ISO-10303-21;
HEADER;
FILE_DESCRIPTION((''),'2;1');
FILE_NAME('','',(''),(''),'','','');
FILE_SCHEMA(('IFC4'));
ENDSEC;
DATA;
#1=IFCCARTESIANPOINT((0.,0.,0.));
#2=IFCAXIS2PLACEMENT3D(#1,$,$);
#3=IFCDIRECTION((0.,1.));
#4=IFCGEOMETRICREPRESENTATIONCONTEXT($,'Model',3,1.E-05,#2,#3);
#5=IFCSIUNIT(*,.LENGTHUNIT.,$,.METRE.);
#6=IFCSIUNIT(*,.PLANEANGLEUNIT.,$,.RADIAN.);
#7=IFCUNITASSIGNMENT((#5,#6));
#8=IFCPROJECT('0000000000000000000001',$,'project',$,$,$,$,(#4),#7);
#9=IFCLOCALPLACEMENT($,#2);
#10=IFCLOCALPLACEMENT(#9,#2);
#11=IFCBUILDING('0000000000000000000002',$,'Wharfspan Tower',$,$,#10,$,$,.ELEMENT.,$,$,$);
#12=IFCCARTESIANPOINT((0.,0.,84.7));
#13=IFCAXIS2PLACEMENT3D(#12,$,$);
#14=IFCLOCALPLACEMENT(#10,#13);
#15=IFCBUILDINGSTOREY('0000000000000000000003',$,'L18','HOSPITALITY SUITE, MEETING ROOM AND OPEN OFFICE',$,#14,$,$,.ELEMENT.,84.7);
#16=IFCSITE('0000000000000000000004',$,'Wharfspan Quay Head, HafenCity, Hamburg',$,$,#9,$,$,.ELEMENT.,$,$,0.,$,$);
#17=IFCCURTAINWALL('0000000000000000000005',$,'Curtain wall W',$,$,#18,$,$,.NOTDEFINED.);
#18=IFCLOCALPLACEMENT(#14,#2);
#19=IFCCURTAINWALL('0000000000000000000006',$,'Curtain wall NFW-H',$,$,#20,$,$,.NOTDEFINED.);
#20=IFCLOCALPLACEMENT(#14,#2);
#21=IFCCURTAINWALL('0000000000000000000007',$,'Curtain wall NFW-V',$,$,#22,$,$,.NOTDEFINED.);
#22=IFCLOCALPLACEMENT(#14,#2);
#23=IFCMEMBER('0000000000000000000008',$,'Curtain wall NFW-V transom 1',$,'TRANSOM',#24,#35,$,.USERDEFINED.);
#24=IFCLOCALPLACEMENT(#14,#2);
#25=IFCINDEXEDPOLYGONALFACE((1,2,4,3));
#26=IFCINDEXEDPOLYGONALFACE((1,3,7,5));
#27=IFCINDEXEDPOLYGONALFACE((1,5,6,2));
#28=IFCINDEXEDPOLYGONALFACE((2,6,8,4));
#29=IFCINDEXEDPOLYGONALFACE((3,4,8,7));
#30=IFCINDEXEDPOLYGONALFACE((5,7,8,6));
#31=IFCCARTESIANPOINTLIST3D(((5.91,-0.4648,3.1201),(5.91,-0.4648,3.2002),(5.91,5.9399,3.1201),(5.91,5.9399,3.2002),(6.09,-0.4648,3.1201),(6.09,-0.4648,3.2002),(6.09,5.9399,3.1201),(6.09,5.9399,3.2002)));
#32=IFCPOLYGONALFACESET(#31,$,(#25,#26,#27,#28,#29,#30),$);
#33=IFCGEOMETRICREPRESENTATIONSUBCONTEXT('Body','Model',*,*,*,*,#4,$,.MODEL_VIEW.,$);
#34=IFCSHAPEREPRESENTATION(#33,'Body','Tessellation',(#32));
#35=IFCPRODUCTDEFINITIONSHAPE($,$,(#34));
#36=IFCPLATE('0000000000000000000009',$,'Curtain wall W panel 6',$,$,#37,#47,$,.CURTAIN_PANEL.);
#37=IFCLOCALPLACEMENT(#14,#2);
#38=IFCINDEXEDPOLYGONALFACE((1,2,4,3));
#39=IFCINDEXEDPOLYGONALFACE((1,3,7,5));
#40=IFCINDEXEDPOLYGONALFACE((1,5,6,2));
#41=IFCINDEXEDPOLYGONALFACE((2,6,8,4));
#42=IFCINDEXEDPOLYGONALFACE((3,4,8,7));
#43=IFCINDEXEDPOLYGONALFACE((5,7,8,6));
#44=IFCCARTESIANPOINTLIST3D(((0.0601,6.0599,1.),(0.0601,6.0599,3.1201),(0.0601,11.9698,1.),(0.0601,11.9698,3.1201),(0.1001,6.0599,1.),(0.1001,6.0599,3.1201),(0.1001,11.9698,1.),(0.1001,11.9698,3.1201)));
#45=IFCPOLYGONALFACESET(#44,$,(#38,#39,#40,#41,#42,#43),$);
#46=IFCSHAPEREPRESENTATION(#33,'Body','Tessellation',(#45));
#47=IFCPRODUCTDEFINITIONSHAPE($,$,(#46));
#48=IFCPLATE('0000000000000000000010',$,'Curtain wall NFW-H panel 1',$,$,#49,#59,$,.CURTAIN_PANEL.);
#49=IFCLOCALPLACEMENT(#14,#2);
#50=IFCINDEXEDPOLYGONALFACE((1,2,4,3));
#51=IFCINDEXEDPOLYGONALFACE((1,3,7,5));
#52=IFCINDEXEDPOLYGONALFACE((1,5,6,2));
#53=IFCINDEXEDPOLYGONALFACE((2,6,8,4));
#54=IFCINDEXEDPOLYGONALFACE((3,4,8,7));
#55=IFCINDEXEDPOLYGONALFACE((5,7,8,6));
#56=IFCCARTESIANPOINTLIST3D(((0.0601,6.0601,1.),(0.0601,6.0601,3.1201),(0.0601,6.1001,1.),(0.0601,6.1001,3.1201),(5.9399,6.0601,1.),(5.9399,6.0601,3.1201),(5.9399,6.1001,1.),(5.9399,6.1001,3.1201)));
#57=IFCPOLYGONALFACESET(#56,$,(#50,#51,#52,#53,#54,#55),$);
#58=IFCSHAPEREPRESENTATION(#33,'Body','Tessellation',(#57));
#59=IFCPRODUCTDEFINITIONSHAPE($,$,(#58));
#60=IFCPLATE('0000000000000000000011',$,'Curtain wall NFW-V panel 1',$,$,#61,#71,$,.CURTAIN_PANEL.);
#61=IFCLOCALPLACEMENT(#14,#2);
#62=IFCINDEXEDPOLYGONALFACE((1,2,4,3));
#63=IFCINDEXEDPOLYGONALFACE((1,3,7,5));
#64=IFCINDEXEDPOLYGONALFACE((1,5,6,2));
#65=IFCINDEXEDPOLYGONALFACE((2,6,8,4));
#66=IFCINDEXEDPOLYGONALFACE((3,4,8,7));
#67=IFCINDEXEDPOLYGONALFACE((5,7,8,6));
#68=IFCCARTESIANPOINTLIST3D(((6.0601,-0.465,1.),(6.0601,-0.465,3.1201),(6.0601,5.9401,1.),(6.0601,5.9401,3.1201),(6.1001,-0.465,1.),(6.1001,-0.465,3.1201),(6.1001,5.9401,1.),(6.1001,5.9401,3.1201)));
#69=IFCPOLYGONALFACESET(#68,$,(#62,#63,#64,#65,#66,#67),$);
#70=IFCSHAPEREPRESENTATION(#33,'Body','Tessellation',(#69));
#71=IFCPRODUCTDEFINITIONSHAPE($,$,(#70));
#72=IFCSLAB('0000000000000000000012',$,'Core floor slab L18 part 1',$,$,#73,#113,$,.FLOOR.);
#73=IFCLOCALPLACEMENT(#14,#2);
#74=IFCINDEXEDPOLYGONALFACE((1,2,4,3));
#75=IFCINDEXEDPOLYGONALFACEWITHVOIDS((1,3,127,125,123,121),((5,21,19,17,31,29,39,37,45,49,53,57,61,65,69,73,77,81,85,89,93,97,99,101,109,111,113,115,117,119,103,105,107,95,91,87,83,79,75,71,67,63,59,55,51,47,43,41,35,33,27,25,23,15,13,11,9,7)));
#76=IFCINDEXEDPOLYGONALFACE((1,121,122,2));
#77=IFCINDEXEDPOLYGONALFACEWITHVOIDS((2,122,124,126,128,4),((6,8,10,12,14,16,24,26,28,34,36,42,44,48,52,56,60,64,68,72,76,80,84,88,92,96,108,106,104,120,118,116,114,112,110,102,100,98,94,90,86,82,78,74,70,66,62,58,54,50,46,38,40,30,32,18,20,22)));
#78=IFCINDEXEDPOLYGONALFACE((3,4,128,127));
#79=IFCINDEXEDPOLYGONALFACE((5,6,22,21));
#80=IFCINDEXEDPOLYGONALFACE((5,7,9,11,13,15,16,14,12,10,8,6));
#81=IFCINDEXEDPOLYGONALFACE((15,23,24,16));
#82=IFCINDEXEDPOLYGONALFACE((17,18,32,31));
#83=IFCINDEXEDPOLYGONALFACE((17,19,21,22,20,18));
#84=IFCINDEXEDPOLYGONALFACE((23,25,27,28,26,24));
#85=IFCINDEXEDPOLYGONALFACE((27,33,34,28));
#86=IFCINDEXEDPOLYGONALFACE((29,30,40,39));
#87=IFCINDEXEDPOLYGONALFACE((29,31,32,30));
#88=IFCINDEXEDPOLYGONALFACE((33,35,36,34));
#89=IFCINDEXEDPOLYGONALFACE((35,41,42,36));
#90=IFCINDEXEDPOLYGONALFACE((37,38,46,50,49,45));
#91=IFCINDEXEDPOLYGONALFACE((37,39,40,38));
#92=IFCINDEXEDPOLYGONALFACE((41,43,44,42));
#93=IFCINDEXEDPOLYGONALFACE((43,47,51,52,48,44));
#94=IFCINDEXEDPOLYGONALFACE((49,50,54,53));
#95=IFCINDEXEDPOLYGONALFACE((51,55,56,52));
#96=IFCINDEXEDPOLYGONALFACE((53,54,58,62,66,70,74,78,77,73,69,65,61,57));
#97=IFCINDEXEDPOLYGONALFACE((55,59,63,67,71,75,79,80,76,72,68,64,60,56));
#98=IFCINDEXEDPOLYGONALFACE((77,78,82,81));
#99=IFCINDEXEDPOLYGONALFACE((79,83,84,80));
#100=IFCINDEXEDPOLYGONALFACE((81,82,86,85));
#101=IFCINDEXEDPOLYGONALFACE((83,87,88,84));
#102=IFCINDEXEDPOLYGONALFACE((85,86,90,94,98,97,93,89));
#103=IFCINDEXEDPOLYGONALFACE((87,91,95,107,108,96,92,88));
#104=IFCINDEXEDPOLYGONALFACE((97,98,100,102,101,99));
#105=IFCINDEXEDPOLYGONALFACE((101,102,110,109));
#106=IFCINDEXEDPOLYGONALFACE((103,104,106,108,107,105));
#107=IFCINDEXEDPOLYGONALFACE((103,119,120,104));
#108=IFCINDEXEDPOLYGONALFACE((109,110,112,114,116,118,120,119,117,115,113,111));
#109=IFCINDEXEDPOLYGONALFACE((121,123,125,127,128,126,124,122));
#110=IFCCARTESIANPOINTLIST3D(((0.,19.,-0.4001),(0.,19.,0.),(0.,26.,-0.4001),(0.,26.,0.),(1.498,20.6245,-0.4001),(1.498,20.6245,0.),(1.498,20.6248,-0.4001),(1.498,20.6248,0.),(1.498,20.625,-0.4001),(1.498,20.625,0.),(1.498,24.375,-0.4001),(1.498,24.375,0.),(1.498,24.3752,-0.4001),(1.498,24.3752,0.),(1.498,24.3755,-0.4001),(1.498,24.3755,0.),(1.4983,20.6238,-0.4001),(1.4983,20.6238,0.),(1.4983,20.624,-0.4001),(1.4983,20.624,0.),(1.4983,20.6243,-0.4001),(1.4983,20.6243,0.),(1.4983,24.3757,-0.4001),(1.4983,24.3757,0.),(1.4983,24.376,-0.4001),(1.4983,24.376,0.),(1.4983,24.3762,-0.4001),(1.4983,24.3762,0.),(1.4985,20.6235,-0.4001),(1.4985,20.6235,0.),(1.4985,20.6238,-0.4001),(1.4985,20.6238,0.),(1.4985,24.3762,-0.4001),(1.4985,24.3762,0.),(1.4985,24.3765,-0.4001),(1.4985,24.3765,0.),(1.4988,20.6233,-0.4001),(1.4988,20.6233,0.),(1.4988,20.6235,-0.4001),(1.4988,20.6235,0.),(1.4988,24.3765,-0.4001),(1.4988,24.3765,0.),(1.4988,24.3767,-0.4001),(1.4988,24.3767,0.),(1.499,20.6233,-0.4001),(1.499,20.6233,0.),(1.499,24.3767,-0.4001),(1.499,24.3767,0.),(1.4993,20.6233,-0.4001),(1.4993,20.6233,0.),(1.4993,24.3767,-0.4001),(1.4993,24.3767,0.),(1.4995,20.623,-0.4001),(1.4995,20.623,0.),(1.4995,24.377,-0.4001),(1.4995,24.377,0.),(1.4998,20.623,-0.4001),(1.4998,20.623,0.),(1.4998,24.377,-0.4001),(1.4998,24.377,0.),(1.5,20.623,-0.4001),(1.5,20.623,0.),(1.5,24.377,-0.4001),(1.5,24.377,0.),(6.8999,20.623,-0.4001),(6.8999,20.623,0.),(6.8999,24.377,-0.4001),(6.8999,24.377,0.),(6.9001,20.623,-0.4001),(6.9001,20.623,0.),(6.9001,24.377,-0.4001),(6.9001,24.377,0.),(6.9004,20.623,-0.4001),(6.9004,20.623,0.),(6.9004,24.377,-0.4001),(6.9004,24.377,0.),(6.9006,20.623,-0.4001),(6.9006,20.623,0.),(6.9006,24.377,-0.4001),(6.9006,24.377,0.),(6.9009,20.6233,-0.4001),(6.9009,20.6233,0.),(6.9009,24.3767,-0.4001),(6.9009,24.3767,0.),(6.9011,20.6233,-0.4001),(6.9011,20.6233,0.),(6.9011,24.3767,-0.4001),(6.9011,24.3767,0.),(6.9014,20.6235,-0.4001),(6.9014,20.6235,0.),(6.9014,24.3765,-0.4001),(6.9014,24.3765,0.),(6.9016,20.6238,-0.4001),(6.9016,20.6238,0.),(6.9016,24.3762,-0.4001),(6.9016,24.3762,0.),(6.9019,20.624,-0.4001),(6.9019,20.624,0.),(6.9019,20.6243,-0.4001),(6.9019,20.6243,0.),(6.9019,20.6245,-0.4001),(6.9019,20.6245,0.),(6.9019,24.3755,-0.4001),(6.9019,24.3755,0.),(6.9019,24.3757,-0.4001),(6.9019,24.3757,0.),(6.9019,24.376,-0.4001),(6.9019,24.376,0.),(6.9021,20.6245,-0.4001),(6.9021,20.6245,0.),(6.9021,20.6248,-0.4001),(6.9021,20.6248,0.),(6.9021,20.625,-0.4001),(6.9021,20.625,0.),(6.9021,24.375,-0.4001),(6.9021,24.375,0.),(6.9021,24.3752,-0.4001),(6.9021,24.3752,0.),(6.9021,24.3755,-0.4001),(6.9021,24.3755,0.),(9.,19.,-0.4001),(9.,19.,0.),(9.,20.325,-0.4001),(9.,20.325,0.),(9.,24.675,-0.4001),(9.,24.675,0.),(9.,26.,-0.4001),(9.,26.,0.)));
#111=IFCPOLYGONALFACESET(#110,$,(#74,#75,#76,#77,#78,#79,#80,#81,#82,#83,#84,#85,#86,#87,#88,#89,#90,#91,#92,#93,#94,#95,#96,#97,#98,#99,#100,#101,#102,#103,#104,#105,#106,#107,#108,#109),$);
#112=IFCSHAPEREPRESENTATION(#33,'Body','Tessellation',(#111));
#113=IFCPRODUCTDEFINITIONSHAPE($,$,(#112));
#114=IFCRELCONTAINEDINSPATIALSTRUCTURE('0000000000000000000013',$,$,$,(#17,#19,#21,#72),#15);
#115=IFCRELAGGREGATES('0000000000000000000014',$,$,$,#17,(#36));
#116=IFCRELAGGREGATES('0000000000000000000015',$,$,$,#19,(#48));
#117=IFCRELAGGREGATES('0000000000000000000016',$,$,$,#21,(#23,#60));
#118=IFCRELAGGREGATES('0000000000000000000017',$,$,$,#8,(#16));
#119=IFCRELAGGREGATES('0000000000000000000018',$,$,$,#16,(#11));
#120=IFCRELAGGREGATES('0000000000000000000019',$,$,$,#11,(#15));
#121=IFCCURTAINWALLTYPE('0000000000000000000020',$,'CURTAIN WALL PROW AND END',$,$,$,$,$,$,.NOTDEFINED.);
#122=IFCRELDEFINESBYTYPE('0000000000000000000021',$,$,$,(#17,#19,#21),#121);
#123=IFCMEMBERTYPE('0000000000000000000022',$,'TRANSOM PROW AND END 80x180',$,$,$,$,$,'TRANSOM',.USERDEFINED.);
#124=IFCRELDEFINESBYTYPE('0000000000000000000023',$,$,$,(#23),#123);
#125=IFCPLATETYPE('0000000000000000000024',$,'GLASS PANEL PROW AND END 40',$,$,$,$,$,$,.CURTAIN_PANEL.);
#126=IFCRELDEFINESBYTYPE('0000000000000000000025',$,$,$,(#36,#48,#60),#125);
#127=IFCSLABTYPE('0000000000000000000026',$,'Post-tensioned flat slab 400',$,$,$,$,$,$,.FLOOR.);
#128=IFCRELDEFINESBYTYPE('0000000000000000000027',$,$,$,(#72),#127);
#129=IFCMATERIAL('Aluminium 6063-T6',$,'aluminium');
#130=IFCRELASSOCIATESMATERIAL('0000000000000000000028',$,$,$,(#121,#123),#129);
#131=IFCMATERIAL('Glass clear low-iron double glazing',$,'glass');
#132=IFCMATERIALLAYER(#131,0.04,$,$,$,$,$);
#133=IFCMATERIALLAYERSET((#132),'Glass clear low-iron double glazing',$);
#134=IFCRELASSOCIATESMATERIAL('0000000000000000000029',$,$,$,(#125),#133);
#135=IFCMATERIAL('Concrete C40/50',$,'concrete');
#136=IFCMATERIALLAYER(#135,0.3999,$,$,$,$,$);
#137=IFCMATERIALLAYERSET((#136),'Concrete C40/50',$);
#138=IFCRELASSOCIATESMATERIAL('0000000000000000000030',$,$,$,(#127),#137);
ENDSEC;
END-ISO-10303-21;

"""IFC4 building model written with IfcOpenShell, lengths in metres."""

from ifc_helpers import new_model, si_unit, direction, frame, origin, origin_2d, place, context, subcontext, project, spatial, polyline, rectangle, outline, extrude, material, layer, layer_set, material_profile, profile_set, type_object, element, aggregate, save


model = new_model("IFC4")

# Units and contexts
model_context = context("Model", 3, precision=1e-05, world=origin(), true_north=direction((0.0, 1.0)))
body_context = subcontext(model_context, "Body", "Model", "MODEL_VIEW")
ifc_project = project(units=[si_unit("LENGTHUNIT", "METRE"), si_unit("PLANEANGLEUNIT", "RADIAN")], contexts=[model_context])

# Site, building, storey
site_placement = place(None, origin())
site = spatial("IfcSite", under=ifc_project, at=site_placement, Name="Wharfspan Quay Head, HafenCity, Hamburg", CompositionType="ELEMENT", RefElevation=0.0)
building_placement = place(site_placement, origin())
building = spatial("IfcBuilding", under=site, at=building_placement, Name="Wharfspan Tower", CompositionType="ELEMENT")
storey_placement = place(building_placement, frame((0.0, 0.0, 84.7)))
storey = spatial("IfcBuildingStorey", under=building, at=storey_placement, Name="L18", Description="HOSPITALITY SUITE, MEETING ROOM AND OPEN OFFICE", CompositionType="ELEMENT", Elevation=84.7)

# Curtain walls
ifc_material_1 = material(Name="Aluminium 6063-T6", Category="aluminium")
curtain_wall_type = type_object("IfcCurtainWallType", Name="CURTAIN WALL PROW AND END", PredefinedType="NOTDEFINED", material=ifc_material_1)
curtain_wall_1_placement = place(storey_placement, origin())
curtain_wall_1 = element("IfcCurtainWall", 1, at=curtain_wall_1_placement, inside=storey, type_object=curtain_wall_type, Name="Curtain wall W", PredefinedType="NOTDEFINED")
curtain_wall_2_placement = place(storey_placement, origin())
curtain_wall_2 = element("IfcCurtainWall", 2, at=curtain_wall_2_placement, inside=storey, type_object=curtain_wall_type, Name="Curtain wall NFW-H", PredefinedType="NOTDEFINED")

# Curtain wall
curtain_wall_3_placement = place(storey_placement, origin())
curtain_wall_3 = element("IfcCurtainWall", 3, at=curtain_wall_3_placement, inside=storey, type_object=curtain_wall_type, Name="Curtain wall NFW-V", PredefinedType="NOTDEFINED")

# Member
ifc_material_profile_1 = material_profile(ifc_material_1, rectangle(XDim=0.1799, YDim=0.0801, at=origin_2d()))
ifc_profile_set_1 = profile_set([ifc_material_profile_1], Name="Aluminium 6063-T6")
member_type_1 = type_object("IfcMemberType", Name="TRANSOM PROW AND END 80x180", ElementType="TRANSOM", PredefinedType="USERDEFINED", material=ifc_profile_set_1)
member_1_placement = place(storey_placement, frame((6.0, 5.9399, 3.1602), z_axis=(0.0, -1.0, 0.0), x_axis=(1.0, 0.0, 0.0)))
member_1 = element("IfcMember", 4, at=member_1_placement, type_object=member_type_1, Name="Curtain wall NFW-V transom 1", ObjectType="TRANSOM", PredefinedType="USERDEFINED", context=body_context, shape_type="SweptSolid", body=[
    extrude(rectangle(XDim=0.1799, YDim=0.0801, at=origin_2d()), origin(), (0.0, 0.0, 1.0), 6.4048),
])

# Plates
ifc_material_2 = material(Name="Glass clear low-iron double glazing", Category="glass")
ifc_layer_1 = layer(ifc_material_2, 0.04)
ifc_layer_set_1 = layer_set([ifc_layer_1], Name="Glass clear low-iron double glazing")
plate_type = type_object("IfcPlateType", Name="GLASS PANEL PROW AND END 40", PredefinedType="CURTAIN_PANEL", material=ifc_layer_set_1)
plate_1_placement = place(storey_placement, frame((0.0801, 9.0149, 1.0), z_axis=(0.0, 0.0, 1.0), x_axis=(0.0, -1.0, 0.0)))
plate_1 = element("IfcPlate", 5, at=plate_1_placement, type_object=plate_type, Name="Curtain wall W panel 6", PredefinedType="CURTAIN_PANEL", context=body_context, shape_type="SweptSolid", body=[
    extrude(rectangle(XDim=5.9099, YDim=0.04, at=origin_2d()), origin(), (0.0, 0.0, 1.0), 2.1201),
])
aggregate(curtain_wall_1, [plate_1])
plate_2_placement = place(storey_placement, frame((3.0, 6.0801, 1.0), z_axis=(0.0, 0.0, 1.0), x_axis=(1.0, 0.0, 0.0)))
plate_2 = element("IfcPlate", 6, at=plate_2_placement, type_object=plate_type, Name="Curtain wall NFW-H panel 1", PredefinedType="CURTAIN_PANEL", context=body_context, shape_type="SweptSolid", body=[
    extrude(rectangle(XDim=5.8799, YDim=0.04, at=origin_2d()), origin(), (0.0, 0.0, 1.0), 2.1201),
])
aggregate(curtain_wall_2, [plate_2])
plate_3_placement = place(storey_placement, frame((6.0801, 2.7375, 1.0), z_axis=(0.0, 0.0, 1.0), x_axis=(0.0, -1.0, 0.0)))
plate_3 = element("IfcPlate", 7, at=plate_3_placement, type_object=plate_type, Name="Curtain wall NFW-V panel 1", PredefinedType="CURTAIN_PANEL", context=body_context, shape_type="SweptSolid", body=[
    extrude(rectangle(XDim=6.405, YDim=0.04, at=origin_2d()), origin(), (0.0, 0.0, 1.0), 2.1201),
])
aggregate(curtain_wall_3, [member_1, plate_3])

# Slab
ifc_material_3 = material(Name="Concrete C40/50", Category="concrete")
ifc_layer_2 = layer(ifc_material_3, 0.3999)
ifc_layer_set_2 = layer_set([ifc_layer_2], Name="Concrete C40/50")
slab_type_1 = type_object("IfcSlabType", Name="Post-tensioned flat slab 400", PredefinedType="FLOOR", material=ifc_layer_set_2)
slab_1_placement = place(storey_placement, frame((0.0, 0.0, -0.4001)))
element("IfcSlab", 8, at=slab_1_placement, inside=storey, type_object=slab_type_1, Name="Core floor slab L18 part 1", PredefinedType="FLOOR", context=body_context, shape_type="SweptSolid", body=[
    extrude(outline(polyline([(9.0, 20.325), (9.0, 24.675), (9.0, 26.0), (0.0, 26.0), (0.0, 19.0), (9.0, 19.0), (9.0, 20.325)]), holes=[polyline([(6.9021, 20.625), (6.9021, 20.6248), (6.9021, 20.6245), (6.9019, 20.6245), (6.9019, 20.6243), (6.9019, 20.624), (6.9016, 20.6238), (6.9016, 20.6238), (6.9014, 20.6235), (6.9014, 20.6235), (6.9011, 20.6233), (6.9009, 20.6233), (6.9009, 20.6233), (6.9006, 20.623), (6.9004, 20.623), (6.9001, 20.623), (6.8999, 20.623), (1.5, 20.623), (1.4998, 20.623), (1.4995, 20.623), (1.4995, 20.623), (1.4993, 20.6233), (1.499, 20.6233), (1.4988, 20.6233), (1.4988, 20.6235), (1.4985, 20.6235), (1.4985, 20.6238), (1.4983, 20.6238), (1.4983, 20.624), (1.4983, 20.6243), (1.498, 20.6245), (1.498, 20.6245), (1.498, 20.6248), (1.498, 20.625), (1.498, 24.375), (1.498, 24.3752), (1.498, 24.3755), (1.498, 24.3755), (1.4983, 24.3757), (1.4983, 24.376), (1.4983, 24.3762), (1.4985, 24.3762), (1.4985, 24.3765), (1.4988, 24.3765), (1.4988, 24.3767), (1.499, 24.3767), (1.4993, 24.3767), (1.4995, 24.377), (1.4995, 24.377), (1.4998, 24.377), (1.5, 24.377), (6.8999, 24.377), (6.9001, 24.377), (6.9004, 24.377), (6.9006, 24.377), (6.9009, 24.3767), (6.9009, 24.3767), (6.9011, 24.3767), (6.9014, 24.3765), (6.9014, 24.3765), (6.9016, 24.3762), (6.9016, 24.3762), (6.9019, 24.376), (6.9019, 24.3757), (6.9019, 24.3755), (6.9021, 24.3755), (6.9021, 24.3752), (6.9021, 24.375), (6.9021, 20.625)])]), origin(), (0.0, 0.0, 1.0), 0.4001),
])

save(model, "model.ifc")
